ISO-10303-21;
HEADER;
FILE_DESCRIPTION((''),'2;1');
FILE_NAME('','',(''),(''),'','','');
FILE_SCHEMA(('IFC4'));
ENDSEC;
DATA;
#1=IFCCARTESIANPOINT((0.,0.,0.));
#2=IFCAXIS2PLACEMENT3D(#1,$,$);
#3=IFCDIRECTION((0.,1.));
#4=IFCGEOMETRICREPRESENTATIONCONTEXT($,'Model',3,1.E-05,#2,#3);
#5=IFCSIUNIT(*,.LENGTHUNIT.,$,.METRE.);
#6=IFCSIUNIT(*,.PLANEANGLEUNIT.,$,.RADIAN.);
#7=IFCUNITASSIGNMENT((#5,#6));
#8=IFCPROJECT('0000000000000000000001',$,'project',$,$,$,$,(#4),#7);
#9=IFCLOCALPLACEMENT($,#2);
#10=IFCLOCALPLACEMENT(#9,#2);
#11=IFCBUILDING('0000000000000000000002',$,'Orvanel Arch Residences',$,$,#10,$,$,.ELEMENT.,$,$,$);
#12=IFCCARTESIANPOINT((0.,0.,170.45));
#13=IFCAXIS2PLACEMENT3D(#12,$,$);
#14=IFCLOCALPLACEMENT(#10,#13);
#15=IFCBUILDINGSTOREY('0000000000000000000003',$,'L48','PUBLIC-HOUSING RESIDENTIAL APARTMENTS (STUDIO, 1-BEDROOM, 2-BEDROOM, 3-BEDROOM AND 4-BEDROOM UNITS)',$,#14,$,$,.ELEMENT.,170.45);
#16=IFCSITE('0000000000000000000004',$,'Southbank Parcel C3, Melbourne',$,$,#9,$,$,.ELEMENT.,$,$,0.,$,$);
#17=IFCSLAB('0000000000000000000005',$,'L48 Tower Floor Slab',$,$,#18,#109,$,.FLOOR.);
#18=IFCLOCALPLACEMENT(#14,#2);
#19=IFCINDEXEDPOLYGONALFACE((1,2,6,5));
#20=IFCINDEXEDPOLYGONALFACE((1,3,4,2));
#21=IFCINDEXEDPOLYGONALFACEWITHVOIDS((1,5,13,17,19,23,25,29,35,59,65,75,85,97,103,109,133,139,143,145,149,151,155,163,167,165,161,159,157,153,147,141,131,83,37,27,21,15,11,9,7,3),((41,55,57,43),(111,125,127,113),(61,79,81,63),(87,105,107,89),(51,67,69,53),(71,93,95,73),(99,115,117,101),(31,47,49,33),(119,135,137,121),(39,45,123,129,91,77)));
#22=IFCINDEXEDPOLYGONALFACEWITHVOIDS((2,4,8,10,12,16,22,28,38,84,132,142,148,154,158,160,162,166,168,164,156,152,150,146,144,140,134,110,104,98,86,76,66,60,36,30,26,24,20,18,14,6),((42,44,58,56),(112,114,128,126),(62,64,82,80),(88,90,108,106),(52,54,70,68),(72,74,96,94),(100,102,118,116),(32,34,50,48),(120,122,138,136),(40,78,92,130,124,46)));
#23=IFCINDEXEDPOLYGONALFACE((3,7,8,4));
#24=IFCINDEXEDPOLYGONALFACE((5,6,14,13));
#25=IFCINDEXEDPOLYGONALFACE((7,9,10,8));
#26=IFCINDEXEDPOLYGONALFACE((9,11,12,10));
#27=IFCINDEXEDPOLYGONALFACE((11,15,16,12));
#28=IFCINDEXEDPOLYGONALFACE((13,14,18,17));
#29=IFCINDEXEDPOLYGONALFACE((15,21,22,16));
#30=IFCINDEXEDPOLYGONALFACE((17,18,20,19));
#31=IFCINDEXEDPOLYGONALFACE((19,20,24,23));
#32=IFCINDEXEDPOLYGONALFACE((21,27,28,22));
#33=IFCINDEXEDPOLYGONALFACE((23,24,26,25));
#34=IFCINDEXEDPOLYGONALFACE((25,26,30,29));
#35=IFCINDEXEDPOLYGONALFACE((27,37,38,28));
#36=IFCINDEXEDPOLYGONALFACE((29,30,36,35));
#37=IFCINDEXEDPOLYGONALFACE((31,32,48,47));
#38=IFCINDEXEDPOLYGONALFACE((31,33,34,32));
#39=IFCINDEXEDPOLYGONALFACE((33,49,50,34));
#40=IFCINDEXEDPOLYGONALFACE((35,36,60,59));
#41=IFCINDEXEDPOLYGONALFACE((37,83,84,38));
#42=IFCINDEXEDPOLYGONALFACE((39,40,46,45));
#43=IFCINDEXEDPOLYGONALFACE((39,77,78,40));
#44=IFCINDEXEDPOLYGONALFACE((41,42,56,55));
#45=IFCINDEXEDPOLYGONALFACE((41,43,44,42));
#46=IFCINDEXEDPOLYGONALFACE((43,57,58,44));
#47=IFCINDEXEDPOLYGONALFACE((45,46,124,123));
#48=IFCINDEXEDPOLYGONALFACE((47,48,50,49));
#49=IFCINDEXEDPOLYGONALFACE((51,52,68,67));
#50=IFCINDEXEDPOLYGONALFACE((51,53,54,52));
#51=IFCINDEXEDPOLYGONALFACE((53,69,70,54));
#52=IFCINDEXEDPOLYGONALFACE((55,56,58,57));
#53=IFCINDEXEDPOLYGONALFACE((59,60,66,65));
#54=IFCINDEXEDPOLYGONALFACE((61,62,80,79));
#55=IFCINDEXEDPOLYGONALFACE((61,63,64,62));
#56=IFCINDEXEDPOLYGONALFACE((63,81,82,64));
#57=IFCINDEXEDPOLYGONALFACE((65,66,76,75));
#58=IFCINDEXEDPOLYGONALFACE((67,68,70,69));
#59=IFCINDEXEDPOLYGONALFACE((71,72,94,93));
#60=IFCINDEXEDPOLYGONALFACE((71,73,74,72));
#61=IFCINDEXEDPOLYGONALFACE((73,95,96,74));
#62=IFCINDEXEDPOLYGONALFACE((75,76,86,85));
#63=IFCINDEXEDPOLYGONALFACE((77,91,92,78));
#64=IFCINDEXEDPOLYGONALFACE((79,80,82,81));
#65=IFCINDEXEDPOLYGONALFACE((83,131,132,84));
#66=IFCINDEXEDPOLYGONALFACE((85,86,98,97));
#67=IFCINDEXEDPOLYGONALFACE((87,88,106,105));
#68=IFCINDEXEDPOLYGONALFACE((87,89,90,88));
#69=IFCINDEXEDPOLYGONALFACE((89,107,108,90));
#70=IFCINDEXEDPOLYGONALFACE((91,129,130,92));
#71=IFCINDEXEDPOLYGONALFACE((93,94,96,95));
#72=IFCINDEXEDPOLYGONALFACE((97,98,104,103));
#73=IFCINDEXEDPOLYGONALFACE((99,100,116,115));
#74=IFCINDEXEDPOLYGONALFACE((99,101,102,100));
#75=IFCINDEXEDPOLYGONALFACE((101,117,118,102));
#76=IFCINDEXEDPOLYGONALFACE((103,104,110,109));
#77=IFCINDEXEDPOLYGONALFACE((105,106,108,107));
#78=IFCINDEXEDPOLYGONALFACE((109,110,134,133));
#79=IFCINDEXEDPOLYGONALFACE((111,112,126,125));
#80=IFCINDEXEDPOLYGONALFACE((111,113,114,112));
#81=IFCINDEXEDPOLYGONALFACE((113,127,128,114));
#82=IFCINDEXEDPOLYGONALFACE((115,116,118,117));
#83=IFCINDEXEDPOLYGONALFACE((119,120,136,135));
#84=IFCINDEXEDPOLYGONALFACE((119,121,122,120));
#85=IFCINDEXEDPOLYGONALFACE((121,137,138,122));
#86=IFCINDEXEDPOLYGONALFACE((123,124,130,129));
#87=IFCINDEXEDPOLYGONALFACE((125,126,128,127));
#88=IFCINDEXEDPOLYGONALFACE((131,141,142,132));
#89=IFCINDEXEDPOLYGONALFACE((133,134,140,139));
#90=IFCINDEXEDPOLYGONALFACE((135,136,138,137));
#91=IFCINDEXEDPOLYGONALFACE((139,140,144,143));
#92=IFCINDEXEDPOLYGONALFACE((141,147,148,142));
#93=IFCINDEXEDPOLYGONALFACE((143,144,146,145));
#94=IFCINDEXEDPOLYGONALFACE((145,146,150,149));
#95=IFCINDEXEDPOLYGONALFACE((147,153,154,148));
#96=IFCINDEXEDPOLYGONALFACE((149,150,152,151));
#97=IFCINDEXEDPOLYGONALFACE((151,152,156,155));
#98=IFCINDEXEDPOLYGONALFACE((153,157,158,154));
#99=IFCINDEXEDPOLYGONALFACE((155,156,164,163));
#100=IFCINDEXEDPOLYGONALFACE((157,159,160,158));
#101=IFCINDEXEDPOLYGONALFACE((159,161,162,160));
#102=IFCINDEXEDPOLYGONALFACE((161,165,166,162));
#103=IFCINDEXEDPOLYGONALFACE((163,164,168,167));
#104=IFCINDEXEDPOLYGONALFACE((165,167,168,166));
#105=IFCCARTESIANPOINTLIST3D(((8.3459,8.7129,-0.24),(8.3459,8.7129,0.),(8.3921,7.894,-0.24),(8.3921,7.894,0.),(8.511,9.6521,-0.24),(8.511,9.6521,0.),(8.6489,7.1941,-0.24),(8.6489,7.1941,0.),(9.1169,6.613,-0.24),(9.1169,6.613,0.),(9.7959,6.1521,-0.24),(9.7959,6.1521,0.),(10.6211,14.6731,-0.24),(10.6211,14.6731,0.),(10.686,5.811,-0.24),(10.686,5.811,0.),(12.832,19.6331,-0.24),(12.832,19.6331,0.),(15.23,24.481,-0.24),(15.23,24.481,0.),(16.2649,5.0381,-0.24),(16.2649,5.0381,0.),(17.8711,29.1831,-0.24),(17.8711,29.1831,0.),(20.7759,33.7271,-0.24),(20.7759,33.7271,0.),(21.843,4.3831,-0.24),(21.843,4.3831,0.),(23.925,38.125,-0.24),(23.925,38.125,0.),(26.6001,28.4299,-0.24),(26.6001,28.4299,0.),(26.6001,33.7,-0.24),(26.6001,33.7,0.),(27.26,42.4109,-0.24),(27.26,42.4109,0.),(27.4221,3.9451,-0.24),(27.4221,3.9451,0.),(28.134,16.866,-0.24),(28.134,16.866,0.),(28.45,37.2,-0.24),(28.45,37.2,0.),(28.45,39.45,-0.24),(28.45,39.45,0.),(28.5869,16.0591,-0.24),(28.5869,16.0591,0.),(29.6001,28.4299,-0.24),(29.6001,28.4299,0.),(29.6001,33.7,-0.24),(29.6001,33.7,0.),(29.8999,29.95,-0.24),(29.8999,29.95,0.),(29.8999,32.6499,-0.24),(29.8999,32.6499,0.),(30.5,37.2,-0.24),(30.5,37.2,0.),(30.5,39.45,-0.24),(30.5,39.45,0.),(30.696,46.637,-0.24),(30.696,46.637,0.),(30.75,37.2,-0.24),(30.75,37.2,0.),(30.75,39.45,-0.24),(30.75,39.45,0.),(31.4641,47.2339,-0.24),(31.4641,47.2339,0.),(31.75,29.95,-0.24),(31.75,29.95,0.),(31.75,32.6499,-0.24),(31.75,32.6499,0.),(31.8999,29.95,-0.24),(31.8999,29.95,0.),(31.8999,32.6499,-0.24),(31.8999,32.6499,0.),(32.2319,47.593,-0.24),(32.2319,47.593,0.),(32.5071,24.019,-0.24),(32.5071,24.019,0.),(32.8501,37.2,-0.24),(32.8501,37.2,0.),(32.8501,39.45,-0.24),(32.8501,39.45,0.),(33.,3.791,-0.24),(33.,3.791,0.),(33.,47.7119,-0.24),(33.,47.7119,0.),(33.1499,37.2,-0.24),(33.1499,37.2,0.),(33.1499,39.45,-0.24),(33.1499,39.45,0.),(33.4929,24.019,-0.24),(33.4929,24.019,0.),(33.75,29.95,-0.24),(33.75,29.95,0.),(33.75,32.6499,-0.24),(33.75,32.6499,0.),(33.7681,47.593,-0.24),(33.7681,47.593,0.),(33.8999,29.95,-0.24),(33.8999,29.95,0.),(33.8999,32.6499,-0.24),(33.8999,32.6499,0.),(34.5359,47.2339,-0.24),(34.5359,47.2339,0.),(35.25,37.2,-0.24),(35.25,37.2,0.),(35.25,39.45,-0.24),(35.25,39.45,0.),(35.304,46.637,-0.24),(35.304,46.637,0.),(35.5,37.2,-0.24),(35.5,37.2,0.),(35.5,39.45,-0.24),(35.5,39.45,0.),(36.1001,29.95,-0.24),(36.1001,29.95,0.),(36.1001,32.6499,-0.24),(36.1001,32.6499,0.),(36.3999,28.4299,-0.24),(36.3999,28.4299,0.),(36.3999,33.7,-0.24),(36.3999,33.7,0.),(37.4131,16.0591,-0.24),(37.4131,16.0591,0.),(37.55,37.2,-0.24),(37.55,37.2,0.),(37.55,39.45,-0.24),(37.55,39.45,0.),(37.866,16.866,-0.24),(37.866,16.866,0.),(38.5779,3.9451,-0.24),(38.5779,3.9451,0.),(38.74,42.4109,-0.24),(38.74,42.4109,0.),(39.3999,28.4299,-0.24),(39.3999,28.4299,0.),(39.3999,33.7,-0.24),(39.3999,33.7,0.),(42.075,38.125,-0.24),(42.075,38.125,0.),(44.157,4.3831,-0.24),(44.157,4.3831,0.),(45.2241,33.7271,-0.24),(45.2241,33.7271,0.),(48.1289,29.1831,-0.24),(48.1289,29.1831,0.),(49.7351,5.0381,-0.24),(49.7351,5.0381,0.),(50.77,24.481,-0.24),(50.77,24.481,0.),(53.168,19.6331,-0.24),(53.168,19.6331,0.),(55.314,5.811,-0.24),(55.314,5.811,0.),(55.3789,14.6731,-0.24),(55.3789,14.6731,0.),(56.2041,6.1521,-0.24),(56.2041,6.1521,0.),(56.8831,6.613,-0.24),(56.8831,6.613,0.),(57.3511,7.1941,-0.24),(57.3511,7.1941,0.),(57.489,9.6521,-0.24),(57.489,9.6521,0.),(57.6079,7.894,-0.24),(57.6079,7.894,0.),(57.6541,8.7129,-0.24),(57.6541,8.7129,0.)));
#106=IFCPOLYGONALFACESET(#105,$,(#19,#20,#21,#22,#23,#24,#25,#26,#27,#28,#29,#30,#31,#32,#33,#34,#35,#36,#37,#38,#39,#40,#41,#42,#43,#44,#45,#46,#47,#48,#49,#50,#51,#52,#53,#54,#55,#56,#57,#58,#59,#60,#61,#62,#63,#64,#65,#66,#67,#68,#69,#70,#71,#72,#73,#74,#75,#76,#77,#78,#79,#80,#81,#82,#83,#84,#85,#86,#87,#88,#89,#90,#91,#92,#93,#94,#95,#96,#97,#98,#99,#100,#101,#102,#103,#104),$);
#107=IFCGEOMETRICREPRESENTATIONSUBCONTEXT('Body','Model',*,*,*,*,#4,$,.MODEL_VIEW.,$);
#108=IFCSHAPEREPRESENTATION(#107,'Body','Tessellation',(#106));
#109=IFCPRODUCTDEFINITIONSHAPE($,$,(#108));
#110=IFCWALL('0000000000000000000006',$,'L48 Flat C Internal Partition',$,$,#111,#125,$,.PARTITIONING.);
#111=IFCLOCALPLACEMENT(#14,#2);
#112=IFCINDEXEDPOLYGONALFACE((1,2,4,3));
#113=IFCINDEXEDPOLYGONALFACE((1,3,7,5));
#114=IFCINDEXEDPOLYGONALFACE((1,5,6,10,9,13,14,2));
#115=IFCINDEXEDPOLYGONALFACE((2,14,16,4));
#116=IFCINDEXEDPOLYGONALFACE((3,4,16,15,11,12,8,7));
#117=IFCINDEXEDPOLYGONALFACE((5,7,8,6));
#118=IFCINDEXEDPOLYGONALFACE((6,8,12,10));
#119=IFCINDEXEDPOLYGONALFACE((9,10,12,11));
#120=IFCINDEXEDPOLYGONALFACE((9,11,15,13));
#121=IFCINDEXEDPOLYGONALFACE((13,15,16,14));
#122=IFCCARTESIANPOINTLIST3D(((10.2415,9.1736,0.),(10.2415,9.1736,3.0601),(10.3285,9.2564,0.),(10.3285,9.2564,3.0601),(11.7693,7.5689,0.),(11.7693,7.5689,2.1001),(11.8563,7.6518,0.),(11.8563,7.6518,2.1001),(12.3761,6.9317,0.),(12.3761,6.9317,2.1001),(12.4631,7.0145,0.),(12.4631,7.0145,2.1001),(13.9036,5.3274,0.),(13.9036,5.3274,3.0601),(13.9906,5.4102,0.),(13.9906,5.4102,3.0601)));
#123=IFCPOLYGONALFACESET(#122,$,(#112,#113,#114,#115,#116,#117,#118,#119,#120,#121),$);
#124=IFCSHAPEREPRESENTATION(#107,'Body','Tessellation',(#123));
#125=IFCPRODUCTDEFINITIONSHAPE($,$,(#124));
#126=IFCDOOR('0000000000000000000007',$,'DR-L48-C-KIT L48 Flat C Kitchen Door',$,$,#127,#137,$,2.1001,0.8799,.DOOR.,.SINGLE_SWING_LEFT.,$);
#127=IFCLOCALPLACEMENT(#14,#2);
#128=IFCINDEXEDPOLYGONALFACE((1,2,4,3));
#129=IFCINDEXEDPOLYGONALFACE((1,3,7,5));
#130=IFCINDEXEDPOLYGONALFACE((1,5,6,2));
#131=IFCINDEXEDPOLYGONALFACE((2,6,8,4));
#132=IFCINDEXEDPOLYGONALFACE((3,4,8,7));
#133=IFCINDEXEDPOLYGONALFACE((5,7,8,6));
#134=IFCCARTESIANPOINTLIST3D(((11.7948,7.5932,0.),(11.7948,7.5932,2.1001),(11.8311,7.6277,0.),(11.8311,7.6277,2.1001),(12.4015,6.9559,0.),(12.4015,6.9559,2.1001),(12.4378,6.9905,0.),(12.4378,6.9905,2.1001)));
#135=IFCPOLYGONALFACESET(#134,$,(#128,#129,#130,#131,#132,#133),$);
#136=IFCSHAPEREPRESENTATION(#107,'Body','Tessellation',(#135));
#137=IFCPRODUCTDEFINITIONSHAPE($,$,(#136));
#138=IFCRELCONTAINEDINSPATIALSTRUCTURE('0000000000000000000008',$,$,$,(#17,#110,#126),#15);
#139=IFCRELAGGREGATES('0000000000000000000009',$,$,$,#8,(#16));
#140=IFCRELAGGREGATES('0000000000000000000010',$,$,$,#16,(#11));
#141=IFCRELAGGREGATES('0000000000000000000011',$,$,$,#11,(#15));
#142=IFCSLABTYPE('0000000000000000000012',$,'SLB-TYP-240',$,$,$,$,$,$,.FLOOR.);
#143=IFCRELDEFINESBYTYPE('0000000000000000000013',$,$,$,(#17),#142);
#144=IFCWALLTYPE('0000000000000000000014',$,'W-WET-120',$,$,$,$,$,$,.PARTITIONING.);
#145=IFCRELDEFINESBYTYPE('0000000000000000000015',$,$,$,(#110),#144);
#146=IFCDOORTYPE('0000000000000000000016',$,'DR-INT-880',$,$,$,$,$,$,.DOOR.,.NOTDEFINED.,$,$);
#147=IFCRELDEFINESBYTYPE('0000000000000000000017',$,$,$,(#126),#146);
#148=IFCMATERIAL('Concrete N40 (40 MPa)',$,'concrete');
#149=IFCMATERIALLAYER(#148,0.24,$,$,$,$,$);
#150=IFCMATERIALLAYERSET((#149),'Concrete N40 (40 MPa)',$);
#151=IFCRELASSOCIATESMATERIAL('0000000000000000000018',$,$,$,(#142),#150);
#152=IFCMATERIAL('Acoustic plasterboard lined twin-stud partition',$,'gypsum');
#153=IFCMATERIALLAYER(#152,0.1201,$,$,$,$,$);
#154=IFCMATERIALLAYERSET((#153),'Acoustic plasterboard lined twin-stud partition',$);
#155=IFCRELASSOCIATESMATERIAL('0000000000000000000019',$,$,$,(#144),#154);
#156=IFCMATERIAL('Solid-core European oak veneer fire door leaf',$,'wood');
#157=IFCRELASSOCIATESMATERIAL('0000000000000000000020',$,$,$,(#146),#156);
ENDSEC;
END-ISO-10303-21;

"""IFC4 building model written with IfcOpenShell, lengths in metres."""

from ifc_helpers import new_model, si_unit, direction, frame, frame_2d, origin, place, context, subcontext, project, spatial, polyline, rectangle, outline, extrude, material, layer, layer_set, type_object, element, fill, save


model = new_model("IFC4")

# Units and contexts
model_context = context("Model", 3, precision=1e-05, world=origin(), true_north=direction((0.0, 1.0)))
body_context = subcontext(model_context, "Body", "Model", "MODEL_VIEW")
ifc_project = project(units=[si_unit("LENGTHUNIT", "METRE"), si_unit("PLANEANGLEUNIT", "RADIAN")], contexts=[model_context])

# Site, building, storey
site_placement = place(None, origin())
site = spatial("IfcSite", under=ifc_project, at=site_placement, Name="Southbank Parcel C3, Melbourne", CompositionType="ELEMENT", RefElevation=0.0)
building_placement = place(site_placement, origin())
building = spatial("IfcBuilding", under=site, at=building_placement, Name="Orvanel Arch Residences", CompositionType="ELEMENT")
storey_placement = place(building_placement, frame((0.0, 0.0, 170.45)))
storey = spatial("IfcBuildingStorey", under=building, at=storey_placement, Name="L48", Description="PUBLIC-HOUSING RESIDENTIAL APARTMENTS (STUDIO, 1-BEDROOM, 2-BEDROOM, 3-BEDROOM AND 4-BEDROOM UNITS)", CompositionType="ELEMENT", Elevation=170.45)

# Shared definitions
ifc_material_1 = material(Name="Concrete N40 (40 MPa)", Category="concrete")

# Slab
ifc_layer_1 = layer(ifc_material_1, 0.24)
ifc_layer_set_1 = layer_set([ifc_layer_1], Name="Concrete N40 (40 MPa)")
slab_type_1 = type_object("IfcSlabType", Name="SLB-TYP-240", PredefinedType="FLOOR", material=ifc_layer_set_1)
slab_1_placement = place(storey_placement, frame((0.0, 0.0, -0.24)))
element("IfcSlab", 1, at=slab_1_placement, inside=storey, type_object=slab_type_1, Name="L48 Tower Floor Slab", PredefinedType="FLOOR", context=body_context, shape_type="SweptSolid", body=[
    extrude(outline(polyline([(35.304, 46.637), (34.5359, 47.2339), (33.7681, 47.593), (33.0, 47.7119), (32.2319, 47.593), (31.4641, 47.2339), (30.696, 46.637), (27.26, 42.4109), (23.925, 38.125), (20.7759, 33.7271), (17.8711, 29.1831), (15.23, 24.481), (12.832, 19.6331), (10.6211, 14.6731), (8.511, 9.6521), (8.3459, 8.7129), (8.3921, 7.894), (8.6489, 7.1941), (9.1169, 6.613), (9.7959, 6.1521), (10.686, 5.811), (16.2649, 5.0381), (21.843, 4.3831), (27.4221, 3.9451), (33.0, 3.791), (38.5779, 3.9451), (44.157, 4.3831), (49.7351, 5.0381), (55.314, 5.811), (56.2041, 6.1521), (56.8831, 6.613), (57.3511, 7.1941), (57.6079, 7.894), (57.6541, 8.7129), (57.489, 9.6521), (55.3789, 14.6731), (53.168, 19.6331), (50.77, 24.481), (48.1289, 29.1831), (45.2241, 33.7271), (42.075, 38.125), (38.74, 42.4109), (35.304, 46.637)]), holes=[polyline([(26.6001, 28.4299), (26.6001, 33.7), (29.6001, 33.7), (29.6001, 28.4299), (26.6001, 28.4299)]), polyline([(36.3999, 28.4299), (36.3999, 33.7), (39.3999, 33.7), (39.3999, 28.4299), (36.3999, 28.4299)]), polyline([(29.8999, 32.6499), (31.75, 32.6499), (31.75, 29.95), (29.8999, 29.95), (29.8999, 32.6499)]), polyline([(31.8999, 32.6499), (33.75, 32.6499), (33.75, 29.95), (31.8999, 29.95), (31.8999, 32.6499)]), polyline([(33.8999, 32.6499), (36.1001, 32.6499), (36.1001, 29.95), (33.8999, 29.95), (33.8999, 32.6499)]), polyline([(28.45, 39.45), (30.5, 39.45), (30.5, 37.2), (28.45, 37.2), (28.45, 39.45)]), polyline([(35.5, 39.45), (37.55, 39.45), (37.55, 37.2), (35.5, 37.2), (35.5, 39.45)]), polyline([(30.75, 39.45), (32.8501, 39.45), (32.8501, 37.2), (30.75, 37.2), (30.75, 39.45)]), polyline([(33.1499, 39.45), (35.25, 39.45), (35.25, 37.2), (33.1499, 37.2), (33.1499, 39.45)]), polyline([(37.866, 16.866), (37.4131, 16.0591), (28.5869, 16.0591), (28.134, 16.866), (32.5071, 24.019), (33.4929, 24.019), (37.866, 16.866)])]), origin(), (0.0, 0.0, 1.0), 0.24),
])

# Wall, opening, door
ifc_material_2 = material(Name="Acoustic plasterboard lined twin-stud partition", Category="gypsum")
ifc_layer_2 = layer(ifc_material_2, 0.1201)
ifc_layer_set_2 = layer_set([ifc_layer_2], Name="Acoustic plasterboard lined twin-stud partition")
wall_type = type_object("IfcWallType", Name="W-WET-120", PredefinedType="PARTITIONING", material=ifc_layer_set_2)
wall_placement = place(storey_placement, frame((13.947, 5.3689, 0.0), z_axis=(0.0, 0.0, 1.0), x_axis=(-0.689563, 0.724225, 0.0)))
wall = element("IfcWall", 2, at=wall_placement, inside=storey, type_object=wall_type, Name="L48 Flat C Internal Partition", PredefinedType="PARTITIONING", context=body_context, shape_type="SweptSolid", body=[
    extrude(rectangle(XDim=5.3108, YDim=0.1201, at=frame_2d((2.6553, 0.0))), origin(), (0.0, 0.0, 1.0), 3.0601),
])
opening_placement = place(wall_placement, frame((2.2151, 0.0, 0.0)))
opening = element("IfcOpeningElement", 3, at=opening_placement, cuts=wall, PredefinedType="OPENING", context=body_context, shape_type="SweptSolid", body=[
    extrude(rectangle(XDim=0.8799, YDim=2.1001, at=frame_2d((0.4399, 1.05))), frame((0.0, 0.0701, 0.0), z_axis=(0.0, -1.0, 0.0), x_axis=(1.0, 0.0, 0.0)), (0.0, 0.0, 1.0), 0.1401),
])
ifc_material_3 = material(Name="Solid-core European oak veneer fire door leaf", Category="wood")
door_type = type_object("IfcDoorType", Name="DR-INT-880", OperationType="NOTDEFINED", PredefinedType="DOOR", material=ifc_material_3)
door_placement = place(opening_placement, origin())
door = element("IfcDoor", 4, at=door_placement, inside=storey, type_object=door_type, Name="DR-L48-C-KIT L48 Flat C Kitchen Door", OperationType="SINGLE_SWING_LEFT", OverallHeight=2.1001, OverallWidth=0.8799, PredefinedType="DOOR", context=body_context, shape_type="SweptSolid", body=[
    extrude(rectangle(XDim=0.8799, YDim=2.1001, at=frame_2d((0.4399, 1.05))), frame((0.0, 0.0249, 0.0), z_axis=(0.0, -1.0, 0.0), x_axis=(1.0, 0.0, 0.0)), (0.0, 0.0, 1.0), 0.05),
])
fill(opening, door)

save(model, "model.ifc")
